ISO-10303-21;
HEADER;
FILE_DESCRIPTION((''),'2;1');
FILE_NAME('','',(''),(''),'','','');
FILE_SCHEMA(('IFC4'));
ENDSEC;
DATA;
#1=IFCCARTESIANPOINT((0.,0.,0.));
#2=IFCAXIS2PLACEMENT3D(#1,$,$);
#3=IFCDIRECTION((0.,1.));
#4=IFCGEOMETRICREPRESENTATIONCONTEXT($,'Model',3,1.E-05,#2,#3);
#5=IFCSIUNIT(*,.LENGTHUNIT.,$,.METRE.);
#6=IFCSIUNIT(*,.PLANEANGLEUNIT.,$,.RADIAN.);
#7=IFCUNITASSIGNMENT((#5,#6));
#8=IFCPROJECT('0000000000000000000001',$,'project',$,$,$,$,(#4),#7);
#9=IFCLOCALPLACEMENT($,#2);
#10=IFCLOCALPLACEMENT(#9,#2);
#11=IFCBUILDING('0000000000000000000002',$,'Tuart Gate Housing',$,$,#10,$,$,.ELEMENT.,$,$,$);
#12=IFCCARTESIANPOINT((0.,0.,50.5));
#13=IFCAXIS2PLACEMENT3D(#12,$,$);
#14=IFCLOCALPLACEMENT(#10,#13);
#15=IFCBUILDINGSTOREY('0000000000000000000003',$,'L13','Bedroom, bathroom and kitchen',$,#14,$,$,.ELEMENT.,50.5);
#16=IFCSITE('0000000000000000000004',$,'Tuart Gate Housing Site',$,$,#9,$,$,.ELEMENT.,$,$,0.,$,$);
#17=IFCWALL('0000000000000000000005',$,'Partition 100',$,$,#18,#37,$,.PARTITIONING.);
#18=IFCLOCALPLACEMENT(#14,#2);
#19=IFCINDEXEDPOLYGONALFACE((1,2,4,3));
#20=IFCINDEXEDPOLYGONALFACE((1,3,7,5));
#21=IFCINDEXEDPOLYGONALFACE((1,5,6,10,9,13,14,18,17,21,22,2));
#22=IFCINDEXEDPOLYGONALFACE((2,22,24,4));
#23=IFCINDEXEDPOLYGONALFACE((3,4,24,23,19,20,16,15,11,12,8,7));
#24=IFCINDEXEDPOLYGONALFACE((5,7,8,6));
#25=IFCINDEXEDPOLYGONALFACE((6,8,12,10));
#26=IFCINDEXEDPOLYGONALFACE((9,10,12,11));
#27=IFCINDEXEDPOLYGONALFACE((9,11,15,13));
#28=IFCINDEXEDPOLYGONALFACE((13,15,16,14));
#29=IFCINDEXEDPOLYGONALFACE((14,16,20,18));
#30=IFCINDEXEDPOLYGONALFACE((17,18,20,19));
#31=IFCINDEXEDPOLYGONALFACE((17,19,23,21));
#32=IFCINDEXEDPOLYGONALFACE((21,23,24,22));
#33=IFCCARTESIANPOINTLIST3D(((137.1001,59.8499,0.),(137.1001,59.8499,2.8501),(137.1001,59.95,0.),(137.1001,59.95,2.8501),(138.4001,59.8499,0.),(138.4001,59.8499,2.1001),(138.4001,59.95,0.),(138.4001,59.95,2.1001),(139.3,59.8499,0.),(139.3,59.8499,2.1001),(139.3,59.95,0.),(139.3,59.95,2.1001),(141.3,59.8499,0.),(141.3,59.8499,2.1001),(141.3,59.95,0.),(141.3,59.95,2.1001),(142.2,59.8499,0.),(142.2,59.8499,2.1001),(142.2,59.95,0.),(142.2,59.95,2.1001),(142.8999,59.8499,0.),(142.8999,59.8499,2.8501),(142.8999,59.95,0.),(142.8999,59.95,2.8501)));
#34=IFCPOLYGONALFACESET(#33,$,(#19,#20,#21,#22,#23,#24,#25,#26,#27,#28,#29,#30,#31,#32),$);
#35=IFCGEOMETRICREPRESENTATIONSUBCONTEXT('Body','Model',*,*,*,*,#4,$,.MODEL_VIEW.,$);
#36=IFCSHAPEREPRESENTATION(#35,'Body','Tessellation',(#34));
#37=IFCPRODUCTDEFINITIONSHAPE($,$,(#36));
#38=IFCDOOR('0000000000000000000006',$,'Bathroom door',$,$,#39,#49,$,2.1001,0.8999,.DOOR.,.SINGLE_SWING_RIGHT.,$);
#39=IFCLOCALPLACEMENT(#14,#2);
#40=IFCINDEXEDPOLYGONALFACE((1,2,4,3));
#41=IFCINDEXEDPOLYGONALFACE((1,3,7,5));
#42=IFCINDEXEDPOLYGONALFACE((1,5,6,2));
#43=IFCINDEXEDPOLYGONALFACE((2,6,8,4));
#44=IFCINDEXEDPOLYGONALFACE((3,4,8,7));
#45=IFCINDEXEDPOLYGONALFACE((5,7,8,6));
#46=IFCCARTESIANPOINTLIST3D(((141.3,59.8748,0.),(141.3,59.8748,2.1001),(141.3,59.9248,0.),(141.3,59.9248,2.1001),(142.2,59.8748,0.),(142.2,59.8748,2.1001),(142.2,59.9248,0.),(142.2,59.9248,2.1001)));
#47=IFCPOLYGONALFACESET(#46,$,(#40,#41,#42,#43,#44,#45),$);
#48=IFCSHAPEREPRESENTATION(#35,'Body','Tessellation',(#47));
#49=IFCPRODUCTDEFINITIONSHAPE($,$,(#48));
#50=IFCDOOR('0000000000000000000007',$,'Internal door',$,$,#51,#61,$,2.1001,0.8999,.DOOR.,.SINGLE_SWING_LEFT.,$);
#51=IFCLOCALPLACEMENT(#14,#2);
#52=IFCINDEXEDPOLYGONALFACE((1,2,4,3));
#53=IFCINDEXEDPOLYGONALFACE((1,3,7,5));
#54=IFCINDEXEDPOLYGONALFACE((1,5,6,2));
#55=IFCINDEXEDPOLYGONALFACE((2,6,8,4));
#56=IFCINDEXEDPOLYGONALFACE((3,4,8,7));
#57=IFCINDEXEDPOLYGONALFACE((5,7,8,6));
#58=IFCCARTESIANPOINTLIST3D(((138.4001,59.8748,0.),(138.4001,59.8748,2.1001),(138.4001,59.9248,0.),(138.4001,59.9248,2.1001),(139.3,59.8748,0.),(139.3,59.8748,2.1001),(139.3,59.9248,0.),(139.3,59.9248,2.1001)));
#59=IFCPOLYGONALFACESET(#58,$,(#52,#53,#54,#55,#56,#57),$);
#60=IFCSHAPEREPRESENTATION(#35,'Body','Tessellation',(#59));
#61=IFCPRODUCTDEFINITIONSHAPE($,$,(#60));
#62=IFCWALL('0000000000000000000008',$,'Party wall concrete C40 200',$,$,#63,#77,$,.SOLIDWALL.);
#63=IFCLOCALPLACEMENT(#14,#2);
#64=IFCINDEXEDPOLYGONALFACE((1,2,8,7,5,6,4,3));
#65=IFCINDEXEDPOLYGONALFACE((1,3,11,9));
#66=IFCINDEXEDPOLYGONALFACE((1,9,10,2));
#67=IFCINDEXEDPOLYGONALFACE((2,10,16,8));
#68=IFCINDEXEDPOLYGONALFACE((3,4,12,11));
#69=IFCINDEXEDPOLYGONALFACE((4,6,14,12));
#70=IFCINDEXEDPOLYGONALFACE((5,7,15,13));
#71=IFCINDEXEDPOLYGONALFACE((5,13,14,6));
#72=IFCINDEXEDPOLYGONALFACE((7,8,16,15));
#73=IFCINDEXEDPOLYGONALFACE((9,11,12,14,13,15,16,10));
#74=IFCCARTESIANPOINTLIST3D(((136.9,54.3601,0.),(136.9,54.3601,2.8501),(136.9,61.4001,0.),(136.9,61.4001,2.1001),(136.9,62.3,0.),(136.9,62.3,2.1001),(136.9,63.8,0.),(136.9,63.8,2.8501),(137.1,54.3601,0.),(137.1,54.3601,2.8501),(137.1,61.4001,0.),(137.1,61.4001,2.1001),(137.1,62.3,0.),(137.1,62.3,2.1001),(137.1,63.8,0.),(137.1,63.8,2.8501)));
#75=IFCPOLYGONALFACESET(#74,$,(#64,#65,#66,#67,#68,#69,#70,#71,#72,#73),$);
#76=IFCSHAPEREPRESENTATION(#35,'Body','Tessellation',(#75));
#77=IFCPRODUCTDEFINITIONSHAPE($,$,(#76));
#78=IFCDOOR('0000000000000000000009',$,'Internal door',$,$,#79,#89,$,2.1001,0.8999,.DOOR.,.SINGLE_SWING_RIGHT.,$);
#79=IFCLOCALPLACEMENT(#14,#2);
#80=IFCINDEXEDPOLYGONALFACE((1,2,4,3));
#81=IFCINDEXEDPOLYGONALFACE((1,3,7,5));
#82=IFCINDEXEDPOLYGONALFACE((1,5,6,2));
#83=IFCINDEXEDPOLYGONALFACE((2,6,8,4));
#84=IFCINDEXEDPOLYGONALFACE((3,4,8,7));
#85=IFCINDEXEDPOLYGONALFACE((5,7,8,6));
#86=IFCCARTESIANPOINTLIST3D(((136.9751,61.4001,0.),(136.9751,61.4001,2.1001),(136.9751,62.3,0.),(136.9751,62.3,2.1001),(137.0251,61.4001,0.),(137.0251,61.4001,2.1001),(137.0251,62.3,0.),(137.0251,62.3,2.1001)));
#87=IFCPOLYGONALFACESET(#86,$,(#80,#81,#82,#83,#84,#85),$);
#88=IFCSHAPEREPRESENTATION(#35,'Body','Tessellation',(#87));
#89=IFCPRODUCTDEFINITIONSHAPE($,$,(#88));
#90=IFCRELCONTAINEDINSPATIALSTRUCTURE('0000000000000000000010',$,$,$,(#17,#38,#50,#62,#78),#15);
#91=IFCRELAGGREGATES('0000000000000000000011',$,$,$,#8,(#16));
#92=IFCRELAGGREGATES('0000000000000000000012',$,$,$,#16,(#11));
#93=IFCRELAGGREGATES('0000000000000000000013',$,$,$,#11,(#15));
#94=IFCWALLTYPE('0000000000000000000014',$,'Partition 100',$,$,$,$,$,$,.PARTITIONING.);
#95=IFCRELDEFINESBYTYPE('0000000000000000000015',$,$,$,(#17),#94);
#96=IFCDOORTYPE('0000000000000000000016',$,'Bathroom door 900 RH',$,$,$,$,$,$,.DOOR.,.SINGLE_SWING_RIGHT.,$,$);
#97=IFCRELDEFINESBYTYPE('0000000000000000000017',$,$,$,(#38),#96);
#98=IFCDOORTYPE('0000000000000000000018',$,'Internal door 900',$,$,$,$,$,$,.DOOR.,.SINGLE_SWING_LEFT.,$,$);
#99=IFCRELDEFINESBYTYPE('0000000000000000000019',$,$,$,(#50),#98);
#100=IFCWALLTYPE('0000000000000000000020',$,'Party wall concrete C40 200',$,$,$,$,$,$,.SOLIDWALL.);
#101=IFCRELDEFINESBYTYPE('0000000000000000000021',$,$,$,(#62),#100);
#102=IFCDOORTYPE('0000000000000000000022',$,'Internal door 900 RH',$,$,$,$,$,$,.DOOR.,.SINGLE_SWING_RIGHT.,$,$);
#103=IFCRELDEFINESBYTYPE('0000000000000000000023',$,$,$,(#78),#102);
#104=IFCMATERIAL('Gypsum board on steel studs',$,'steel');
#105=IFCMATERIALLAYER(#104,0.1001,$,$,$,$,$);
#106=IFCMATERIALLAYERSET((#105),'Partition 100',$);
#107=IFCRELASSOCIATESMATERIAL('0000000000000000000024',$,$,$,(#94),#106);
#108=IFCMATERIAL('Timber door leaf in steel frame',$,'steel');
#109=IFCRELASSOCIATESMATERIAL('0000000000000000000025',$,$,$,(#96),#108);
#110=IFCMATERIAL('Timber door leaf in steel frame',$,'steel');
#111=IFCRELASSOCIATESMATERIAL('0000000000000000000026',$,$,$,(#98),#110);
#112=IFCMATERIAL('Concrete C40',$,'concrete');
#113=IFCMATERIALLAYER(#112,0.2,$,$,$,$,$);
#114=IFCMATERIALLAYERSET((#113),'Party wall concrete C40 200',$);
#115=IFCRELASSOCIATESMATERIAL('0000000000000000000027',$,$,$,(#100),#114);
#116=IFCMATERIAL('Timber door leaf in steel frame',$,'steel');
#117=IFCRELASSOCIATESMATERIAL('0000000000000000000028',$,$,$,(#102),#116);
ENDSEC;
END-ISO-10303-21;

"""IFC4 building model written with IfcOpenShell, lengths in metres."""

from ifc_helpers import new_model, si_unit, direction, frame, frame_2d, origin, place, context, subcontext, project, spatial, rectangle, extrude, material, layer, layer_set, type_object, element, fill, save


model = new_model("IFC4")

# Units and contexts
model_context = context("Model", 3, precision=1e-05, world=origin(), true_north=direction((0.0, 1.0)))
body_context = subcontext(model_context, "Body", "Model", "MODEL_VIEW")
ifc_project = project(units=[si_unit("LENGTHUNIT", "METRE"), si_unit("PLANEANGLEUNIT", "RADIAN")], contexts=[model_context])

# Site, building, storey
site_placement = place(None, origin())
site = spatial("IfcSite", under=ifc_project, at=site_placement, Name="Tuart Gate Housing Site", CompositionType="ELEMENT", RefElevation=0.0)
building_placement = place(site_placement, origin())
building = spatial("IfcBuilding", under=site, at=building_placement, Name="Tuart Gate Housing", CompositionType="ELEMENT")
storey_placement = place(building_placement, frame((0.0, 0.0, 50.5)))
storey = spatial("IfcBuildingStorey", under=building, at=storey_placement, Name="L13", Description="Bedroom, bathroom and kitchen", CompositionType="ELEMENT", Elevation=50.5)

# Wall, openings, doors
ifc_material_1 = material(Name="Gypsum board on steel studs", Category="steel")
ifc_layer_1 = layer(ifc_material_1, 0.1001)
ifc_layer_set_1 = layer_set([ifc_layer_1], Name="Partition 100")
wall_type_1 = type_object("IfcWallType", Name="Partition 100", PredefinedType="PARTITIONING", material=ifc_layer_set_1)
wall_1_placement = place(storey_placement, frame((137.1001, 59.8999, 0.0), z_axis=(0.0, 0.0, 1.0), x_axis=(1.0, 0.0, 0.0)))
wall_1 = element("IfcWall", 1, at=wall_1_placement, inside=storey, type_object=wall_type_1, Name="Partition 100", PredefinedType="PARTITIONING", context=body_context, shape_type="SweptSolid", body=[
    extrude(rectangle(XDim=5.7998, YDim=0.1001, at=frame_2d((2.8999, 0.0))), origin(), (0.0, 0.0, 1.0), 2.8501),
])
opening_1_placement = place(wall_1_placement, frame((1.3, 0.0, 0.0)))
opening_1 = element("IfcOpeningElement", 2, at=opening_1_placement, cuts=wall_1, PredefinedType="OPENING", context=body_context, shape_type="SweptSolid", body=[
    extrude(rectangle(XDim=0.8999, YDim=2.1001, at=frame_2d((0.45, 1.05))), frame((0.0, 0.0601, 0.0), z_axis=(0.0, -1.0, 0.0), x_axis=(1.0, 0.0, 0.0)), (0.0, 0.0, 1.0), 0.1201),
])
opening_2_placement = place(wall_1_placement, frame((4.2, 0.0, 0.0)))
opening_2 = element("IfcOpeningElement", 3, at=opening_2_placement, cuts=wall_1, PredefinedType="OPENING", context=body_context, shape_type="SweptSolid", body=[
    extrude(rectangle(XDim=0.8999, YDim=2.1001, at=frame_2d((0.45, 1.05))), frame((0.0, 0.0601, 0.0), z_axis=(0.0, -1.0, 0.0), x_axis=(1.0, 0.0, 0.0)), (0.0, 0.0, 1.0), 0.1201),
])
ifc_material_2 = material(Name="Timber door leaf in steel frame", Category="steel")
door_type_1 = type_object("IfcDoorType", Name="Bathroom door 900 RH", OperationType="SINGLE_SWING_RIGHT", PredefinedType="DOOR", material=ifc_material_2)
door_1_placement = place(opening_2_placement, frame((0.8999, 0.0, 0.0), z_axis=(0.0, 0.0, 1.0), x_axis=(-1.0, 0.0, 0.0)))
door_1 = element("IfcDoor", 4, at=door_1_placement, inside=storey, type_object=door_type_1, Name="Bathroom door", OperationType="SINGLE_SWING_RIGHT", OverallHeight=2.1001, OverallWidth=0.8999, PredefinedType="DOOR", context=body_context, shape_type="SweptSolid", body=[
    extrude(rectangle(XDim=0.8999, YDim=2.1001, at=frame_2d((0.45, 1.05))), frame((0.0, 0.0251, 0.0), z_axis=(0.0, -1.0, 0.0), x_axis=(1.0, 0.0, 0.0)), (0.0, 0.0, 1.0), 0.05),
])
fill(opening_2, door_1)
ifc_material_3 = material(Name="Timber door leaf in steel frame", Category="steel")
door_type_2 = type_object("IfcDoorType", Name="Internal door 900", OperationType="SINGLE_SWING_LEFT", PredefinedType="DOOR", material=ifc_material_3)
door_2_placement = place(opening_1_placement, frame((0.8999, 0.0, 0.0), z_axis=(0.0, 0.0, 1.0), x_axis=(-1.0, 0.0, 0.0)))
door_2 = element("IfcDoor", 5, at=door_2_placement, inside=storey, type_object=door_type_2, Name="Internal door", OperationType="SINGLE_SWING_LEFT", OverallHeight=2.1001, OverallWidth=0.8999, PredefinedType="DOOR", context=body_context, shape_type="SweptSolid", body=[
    extrude(rectangle(XDim=0.8999, YDim=2.1001, at=frame_2d((0.45, 1.05))), frame((0.0, 0.0251, 0.0), z_axis=(0.0, -1.0, 0.0), x_axis=(1.0, 0.0, 0.0)), (0.0, 0.0, 1.0), 0.05),
])
fill(opening_1, door_2)

# Wall, opening, door
ifc_material_4 = material(Name="Concrete C40", Category="concrete")
ifc_layer_2 = layer(ifc_material_4, 0.2)
ifc_layer_set_2 = layer_set([ifc_layer_2], Name="Party wall concrete C40 200")
wall_type_2 = type_object("IfcWallType", Name="Party wall concrete C40 200", PredefinedType="SOLIDWALL", material=ifc_layer_set_2)
wall_2_placement = place(storey_placement, frame((137.0, 54.3601, 0.0), z_axis=(0.0, 0.0, 1.0), x_axis=(0.0, 1.0, 0.0)))
wall_2 = element("IfcWall", 6, at=wall_2_placement, inside=storey, type_object=wall_type_2, Name="Party wall concrete C40 200", PredefinedType="SOLIDWALL", context=body_context, shape_type="SweptSolid", body=[
    extrude(rectangle(XDim=9.4399, YDim=0.2, at=frame_2d((4.72, 0.0))), origin(), (0.0, 0.0, 1.0), 2.8501),
])
opening_3_placement = place(wall_2_placement, frame((7.04, 0.0, 0.0)))
opening_3 = element("IfcOpeningElement", 7, at=opening_3_placement, cuts=wall_2, PredefinedType="OPENING", context=body_context, shape_type="SweptSolid", body=[
    extrude(rectangle(XDim=0.8999, YDim=2.1001, at=frame_2d((0.45, 1.05))), frame((0.0, 0.1099, 0.0), z_axis=(0.0, -1.0, 0.0), x_axis=(1.0, 0.0, 0.0)), (0.0, 0.0, 1.0), 0.22),
])
ifc_material_5 = material(Name="Timber door leaf in steel frame", Category="steel")
door_type_3 = type_object("IfcDoorType", Name="Internal door 900 RH", OperationType="SINGLE_SWING_RIGHT", PredefinedType="DOOR", material=ifc_material_5)
door_3_placement = place(opening_3_placement, frame((0.8999, 0.0, 0.0), z_axis=(0.0, 0.0, 1.0), x_axis=(-1.0, 0.0, 0.0)))
door_3 = element("IfcDoor", 8, at=door_3_placement, inside=storey, type_object=door_type_3, Name="Internal door", OperationType="SINGLE_SWING_RIGHT", OverallHeight=2.1001, OverallWidth=0.8999, PredefinedType="DOOR", context=body_context, shape_type="SweptSolid", body=[
    extrude(rectangle(XDim=0.8999, YDim=2.1001, at=frame_2d((0.45, 1.05))), frame((0.0, 0.0251, 0.0), z_axis=(0.0, -1.0, 0.0), x_axis=(1.0, 0.0, 0.0)), (0.0, 0.0, 1.0), 0.05),
])
fill(opening_3, door_3)

save(model, "model.ifc")
